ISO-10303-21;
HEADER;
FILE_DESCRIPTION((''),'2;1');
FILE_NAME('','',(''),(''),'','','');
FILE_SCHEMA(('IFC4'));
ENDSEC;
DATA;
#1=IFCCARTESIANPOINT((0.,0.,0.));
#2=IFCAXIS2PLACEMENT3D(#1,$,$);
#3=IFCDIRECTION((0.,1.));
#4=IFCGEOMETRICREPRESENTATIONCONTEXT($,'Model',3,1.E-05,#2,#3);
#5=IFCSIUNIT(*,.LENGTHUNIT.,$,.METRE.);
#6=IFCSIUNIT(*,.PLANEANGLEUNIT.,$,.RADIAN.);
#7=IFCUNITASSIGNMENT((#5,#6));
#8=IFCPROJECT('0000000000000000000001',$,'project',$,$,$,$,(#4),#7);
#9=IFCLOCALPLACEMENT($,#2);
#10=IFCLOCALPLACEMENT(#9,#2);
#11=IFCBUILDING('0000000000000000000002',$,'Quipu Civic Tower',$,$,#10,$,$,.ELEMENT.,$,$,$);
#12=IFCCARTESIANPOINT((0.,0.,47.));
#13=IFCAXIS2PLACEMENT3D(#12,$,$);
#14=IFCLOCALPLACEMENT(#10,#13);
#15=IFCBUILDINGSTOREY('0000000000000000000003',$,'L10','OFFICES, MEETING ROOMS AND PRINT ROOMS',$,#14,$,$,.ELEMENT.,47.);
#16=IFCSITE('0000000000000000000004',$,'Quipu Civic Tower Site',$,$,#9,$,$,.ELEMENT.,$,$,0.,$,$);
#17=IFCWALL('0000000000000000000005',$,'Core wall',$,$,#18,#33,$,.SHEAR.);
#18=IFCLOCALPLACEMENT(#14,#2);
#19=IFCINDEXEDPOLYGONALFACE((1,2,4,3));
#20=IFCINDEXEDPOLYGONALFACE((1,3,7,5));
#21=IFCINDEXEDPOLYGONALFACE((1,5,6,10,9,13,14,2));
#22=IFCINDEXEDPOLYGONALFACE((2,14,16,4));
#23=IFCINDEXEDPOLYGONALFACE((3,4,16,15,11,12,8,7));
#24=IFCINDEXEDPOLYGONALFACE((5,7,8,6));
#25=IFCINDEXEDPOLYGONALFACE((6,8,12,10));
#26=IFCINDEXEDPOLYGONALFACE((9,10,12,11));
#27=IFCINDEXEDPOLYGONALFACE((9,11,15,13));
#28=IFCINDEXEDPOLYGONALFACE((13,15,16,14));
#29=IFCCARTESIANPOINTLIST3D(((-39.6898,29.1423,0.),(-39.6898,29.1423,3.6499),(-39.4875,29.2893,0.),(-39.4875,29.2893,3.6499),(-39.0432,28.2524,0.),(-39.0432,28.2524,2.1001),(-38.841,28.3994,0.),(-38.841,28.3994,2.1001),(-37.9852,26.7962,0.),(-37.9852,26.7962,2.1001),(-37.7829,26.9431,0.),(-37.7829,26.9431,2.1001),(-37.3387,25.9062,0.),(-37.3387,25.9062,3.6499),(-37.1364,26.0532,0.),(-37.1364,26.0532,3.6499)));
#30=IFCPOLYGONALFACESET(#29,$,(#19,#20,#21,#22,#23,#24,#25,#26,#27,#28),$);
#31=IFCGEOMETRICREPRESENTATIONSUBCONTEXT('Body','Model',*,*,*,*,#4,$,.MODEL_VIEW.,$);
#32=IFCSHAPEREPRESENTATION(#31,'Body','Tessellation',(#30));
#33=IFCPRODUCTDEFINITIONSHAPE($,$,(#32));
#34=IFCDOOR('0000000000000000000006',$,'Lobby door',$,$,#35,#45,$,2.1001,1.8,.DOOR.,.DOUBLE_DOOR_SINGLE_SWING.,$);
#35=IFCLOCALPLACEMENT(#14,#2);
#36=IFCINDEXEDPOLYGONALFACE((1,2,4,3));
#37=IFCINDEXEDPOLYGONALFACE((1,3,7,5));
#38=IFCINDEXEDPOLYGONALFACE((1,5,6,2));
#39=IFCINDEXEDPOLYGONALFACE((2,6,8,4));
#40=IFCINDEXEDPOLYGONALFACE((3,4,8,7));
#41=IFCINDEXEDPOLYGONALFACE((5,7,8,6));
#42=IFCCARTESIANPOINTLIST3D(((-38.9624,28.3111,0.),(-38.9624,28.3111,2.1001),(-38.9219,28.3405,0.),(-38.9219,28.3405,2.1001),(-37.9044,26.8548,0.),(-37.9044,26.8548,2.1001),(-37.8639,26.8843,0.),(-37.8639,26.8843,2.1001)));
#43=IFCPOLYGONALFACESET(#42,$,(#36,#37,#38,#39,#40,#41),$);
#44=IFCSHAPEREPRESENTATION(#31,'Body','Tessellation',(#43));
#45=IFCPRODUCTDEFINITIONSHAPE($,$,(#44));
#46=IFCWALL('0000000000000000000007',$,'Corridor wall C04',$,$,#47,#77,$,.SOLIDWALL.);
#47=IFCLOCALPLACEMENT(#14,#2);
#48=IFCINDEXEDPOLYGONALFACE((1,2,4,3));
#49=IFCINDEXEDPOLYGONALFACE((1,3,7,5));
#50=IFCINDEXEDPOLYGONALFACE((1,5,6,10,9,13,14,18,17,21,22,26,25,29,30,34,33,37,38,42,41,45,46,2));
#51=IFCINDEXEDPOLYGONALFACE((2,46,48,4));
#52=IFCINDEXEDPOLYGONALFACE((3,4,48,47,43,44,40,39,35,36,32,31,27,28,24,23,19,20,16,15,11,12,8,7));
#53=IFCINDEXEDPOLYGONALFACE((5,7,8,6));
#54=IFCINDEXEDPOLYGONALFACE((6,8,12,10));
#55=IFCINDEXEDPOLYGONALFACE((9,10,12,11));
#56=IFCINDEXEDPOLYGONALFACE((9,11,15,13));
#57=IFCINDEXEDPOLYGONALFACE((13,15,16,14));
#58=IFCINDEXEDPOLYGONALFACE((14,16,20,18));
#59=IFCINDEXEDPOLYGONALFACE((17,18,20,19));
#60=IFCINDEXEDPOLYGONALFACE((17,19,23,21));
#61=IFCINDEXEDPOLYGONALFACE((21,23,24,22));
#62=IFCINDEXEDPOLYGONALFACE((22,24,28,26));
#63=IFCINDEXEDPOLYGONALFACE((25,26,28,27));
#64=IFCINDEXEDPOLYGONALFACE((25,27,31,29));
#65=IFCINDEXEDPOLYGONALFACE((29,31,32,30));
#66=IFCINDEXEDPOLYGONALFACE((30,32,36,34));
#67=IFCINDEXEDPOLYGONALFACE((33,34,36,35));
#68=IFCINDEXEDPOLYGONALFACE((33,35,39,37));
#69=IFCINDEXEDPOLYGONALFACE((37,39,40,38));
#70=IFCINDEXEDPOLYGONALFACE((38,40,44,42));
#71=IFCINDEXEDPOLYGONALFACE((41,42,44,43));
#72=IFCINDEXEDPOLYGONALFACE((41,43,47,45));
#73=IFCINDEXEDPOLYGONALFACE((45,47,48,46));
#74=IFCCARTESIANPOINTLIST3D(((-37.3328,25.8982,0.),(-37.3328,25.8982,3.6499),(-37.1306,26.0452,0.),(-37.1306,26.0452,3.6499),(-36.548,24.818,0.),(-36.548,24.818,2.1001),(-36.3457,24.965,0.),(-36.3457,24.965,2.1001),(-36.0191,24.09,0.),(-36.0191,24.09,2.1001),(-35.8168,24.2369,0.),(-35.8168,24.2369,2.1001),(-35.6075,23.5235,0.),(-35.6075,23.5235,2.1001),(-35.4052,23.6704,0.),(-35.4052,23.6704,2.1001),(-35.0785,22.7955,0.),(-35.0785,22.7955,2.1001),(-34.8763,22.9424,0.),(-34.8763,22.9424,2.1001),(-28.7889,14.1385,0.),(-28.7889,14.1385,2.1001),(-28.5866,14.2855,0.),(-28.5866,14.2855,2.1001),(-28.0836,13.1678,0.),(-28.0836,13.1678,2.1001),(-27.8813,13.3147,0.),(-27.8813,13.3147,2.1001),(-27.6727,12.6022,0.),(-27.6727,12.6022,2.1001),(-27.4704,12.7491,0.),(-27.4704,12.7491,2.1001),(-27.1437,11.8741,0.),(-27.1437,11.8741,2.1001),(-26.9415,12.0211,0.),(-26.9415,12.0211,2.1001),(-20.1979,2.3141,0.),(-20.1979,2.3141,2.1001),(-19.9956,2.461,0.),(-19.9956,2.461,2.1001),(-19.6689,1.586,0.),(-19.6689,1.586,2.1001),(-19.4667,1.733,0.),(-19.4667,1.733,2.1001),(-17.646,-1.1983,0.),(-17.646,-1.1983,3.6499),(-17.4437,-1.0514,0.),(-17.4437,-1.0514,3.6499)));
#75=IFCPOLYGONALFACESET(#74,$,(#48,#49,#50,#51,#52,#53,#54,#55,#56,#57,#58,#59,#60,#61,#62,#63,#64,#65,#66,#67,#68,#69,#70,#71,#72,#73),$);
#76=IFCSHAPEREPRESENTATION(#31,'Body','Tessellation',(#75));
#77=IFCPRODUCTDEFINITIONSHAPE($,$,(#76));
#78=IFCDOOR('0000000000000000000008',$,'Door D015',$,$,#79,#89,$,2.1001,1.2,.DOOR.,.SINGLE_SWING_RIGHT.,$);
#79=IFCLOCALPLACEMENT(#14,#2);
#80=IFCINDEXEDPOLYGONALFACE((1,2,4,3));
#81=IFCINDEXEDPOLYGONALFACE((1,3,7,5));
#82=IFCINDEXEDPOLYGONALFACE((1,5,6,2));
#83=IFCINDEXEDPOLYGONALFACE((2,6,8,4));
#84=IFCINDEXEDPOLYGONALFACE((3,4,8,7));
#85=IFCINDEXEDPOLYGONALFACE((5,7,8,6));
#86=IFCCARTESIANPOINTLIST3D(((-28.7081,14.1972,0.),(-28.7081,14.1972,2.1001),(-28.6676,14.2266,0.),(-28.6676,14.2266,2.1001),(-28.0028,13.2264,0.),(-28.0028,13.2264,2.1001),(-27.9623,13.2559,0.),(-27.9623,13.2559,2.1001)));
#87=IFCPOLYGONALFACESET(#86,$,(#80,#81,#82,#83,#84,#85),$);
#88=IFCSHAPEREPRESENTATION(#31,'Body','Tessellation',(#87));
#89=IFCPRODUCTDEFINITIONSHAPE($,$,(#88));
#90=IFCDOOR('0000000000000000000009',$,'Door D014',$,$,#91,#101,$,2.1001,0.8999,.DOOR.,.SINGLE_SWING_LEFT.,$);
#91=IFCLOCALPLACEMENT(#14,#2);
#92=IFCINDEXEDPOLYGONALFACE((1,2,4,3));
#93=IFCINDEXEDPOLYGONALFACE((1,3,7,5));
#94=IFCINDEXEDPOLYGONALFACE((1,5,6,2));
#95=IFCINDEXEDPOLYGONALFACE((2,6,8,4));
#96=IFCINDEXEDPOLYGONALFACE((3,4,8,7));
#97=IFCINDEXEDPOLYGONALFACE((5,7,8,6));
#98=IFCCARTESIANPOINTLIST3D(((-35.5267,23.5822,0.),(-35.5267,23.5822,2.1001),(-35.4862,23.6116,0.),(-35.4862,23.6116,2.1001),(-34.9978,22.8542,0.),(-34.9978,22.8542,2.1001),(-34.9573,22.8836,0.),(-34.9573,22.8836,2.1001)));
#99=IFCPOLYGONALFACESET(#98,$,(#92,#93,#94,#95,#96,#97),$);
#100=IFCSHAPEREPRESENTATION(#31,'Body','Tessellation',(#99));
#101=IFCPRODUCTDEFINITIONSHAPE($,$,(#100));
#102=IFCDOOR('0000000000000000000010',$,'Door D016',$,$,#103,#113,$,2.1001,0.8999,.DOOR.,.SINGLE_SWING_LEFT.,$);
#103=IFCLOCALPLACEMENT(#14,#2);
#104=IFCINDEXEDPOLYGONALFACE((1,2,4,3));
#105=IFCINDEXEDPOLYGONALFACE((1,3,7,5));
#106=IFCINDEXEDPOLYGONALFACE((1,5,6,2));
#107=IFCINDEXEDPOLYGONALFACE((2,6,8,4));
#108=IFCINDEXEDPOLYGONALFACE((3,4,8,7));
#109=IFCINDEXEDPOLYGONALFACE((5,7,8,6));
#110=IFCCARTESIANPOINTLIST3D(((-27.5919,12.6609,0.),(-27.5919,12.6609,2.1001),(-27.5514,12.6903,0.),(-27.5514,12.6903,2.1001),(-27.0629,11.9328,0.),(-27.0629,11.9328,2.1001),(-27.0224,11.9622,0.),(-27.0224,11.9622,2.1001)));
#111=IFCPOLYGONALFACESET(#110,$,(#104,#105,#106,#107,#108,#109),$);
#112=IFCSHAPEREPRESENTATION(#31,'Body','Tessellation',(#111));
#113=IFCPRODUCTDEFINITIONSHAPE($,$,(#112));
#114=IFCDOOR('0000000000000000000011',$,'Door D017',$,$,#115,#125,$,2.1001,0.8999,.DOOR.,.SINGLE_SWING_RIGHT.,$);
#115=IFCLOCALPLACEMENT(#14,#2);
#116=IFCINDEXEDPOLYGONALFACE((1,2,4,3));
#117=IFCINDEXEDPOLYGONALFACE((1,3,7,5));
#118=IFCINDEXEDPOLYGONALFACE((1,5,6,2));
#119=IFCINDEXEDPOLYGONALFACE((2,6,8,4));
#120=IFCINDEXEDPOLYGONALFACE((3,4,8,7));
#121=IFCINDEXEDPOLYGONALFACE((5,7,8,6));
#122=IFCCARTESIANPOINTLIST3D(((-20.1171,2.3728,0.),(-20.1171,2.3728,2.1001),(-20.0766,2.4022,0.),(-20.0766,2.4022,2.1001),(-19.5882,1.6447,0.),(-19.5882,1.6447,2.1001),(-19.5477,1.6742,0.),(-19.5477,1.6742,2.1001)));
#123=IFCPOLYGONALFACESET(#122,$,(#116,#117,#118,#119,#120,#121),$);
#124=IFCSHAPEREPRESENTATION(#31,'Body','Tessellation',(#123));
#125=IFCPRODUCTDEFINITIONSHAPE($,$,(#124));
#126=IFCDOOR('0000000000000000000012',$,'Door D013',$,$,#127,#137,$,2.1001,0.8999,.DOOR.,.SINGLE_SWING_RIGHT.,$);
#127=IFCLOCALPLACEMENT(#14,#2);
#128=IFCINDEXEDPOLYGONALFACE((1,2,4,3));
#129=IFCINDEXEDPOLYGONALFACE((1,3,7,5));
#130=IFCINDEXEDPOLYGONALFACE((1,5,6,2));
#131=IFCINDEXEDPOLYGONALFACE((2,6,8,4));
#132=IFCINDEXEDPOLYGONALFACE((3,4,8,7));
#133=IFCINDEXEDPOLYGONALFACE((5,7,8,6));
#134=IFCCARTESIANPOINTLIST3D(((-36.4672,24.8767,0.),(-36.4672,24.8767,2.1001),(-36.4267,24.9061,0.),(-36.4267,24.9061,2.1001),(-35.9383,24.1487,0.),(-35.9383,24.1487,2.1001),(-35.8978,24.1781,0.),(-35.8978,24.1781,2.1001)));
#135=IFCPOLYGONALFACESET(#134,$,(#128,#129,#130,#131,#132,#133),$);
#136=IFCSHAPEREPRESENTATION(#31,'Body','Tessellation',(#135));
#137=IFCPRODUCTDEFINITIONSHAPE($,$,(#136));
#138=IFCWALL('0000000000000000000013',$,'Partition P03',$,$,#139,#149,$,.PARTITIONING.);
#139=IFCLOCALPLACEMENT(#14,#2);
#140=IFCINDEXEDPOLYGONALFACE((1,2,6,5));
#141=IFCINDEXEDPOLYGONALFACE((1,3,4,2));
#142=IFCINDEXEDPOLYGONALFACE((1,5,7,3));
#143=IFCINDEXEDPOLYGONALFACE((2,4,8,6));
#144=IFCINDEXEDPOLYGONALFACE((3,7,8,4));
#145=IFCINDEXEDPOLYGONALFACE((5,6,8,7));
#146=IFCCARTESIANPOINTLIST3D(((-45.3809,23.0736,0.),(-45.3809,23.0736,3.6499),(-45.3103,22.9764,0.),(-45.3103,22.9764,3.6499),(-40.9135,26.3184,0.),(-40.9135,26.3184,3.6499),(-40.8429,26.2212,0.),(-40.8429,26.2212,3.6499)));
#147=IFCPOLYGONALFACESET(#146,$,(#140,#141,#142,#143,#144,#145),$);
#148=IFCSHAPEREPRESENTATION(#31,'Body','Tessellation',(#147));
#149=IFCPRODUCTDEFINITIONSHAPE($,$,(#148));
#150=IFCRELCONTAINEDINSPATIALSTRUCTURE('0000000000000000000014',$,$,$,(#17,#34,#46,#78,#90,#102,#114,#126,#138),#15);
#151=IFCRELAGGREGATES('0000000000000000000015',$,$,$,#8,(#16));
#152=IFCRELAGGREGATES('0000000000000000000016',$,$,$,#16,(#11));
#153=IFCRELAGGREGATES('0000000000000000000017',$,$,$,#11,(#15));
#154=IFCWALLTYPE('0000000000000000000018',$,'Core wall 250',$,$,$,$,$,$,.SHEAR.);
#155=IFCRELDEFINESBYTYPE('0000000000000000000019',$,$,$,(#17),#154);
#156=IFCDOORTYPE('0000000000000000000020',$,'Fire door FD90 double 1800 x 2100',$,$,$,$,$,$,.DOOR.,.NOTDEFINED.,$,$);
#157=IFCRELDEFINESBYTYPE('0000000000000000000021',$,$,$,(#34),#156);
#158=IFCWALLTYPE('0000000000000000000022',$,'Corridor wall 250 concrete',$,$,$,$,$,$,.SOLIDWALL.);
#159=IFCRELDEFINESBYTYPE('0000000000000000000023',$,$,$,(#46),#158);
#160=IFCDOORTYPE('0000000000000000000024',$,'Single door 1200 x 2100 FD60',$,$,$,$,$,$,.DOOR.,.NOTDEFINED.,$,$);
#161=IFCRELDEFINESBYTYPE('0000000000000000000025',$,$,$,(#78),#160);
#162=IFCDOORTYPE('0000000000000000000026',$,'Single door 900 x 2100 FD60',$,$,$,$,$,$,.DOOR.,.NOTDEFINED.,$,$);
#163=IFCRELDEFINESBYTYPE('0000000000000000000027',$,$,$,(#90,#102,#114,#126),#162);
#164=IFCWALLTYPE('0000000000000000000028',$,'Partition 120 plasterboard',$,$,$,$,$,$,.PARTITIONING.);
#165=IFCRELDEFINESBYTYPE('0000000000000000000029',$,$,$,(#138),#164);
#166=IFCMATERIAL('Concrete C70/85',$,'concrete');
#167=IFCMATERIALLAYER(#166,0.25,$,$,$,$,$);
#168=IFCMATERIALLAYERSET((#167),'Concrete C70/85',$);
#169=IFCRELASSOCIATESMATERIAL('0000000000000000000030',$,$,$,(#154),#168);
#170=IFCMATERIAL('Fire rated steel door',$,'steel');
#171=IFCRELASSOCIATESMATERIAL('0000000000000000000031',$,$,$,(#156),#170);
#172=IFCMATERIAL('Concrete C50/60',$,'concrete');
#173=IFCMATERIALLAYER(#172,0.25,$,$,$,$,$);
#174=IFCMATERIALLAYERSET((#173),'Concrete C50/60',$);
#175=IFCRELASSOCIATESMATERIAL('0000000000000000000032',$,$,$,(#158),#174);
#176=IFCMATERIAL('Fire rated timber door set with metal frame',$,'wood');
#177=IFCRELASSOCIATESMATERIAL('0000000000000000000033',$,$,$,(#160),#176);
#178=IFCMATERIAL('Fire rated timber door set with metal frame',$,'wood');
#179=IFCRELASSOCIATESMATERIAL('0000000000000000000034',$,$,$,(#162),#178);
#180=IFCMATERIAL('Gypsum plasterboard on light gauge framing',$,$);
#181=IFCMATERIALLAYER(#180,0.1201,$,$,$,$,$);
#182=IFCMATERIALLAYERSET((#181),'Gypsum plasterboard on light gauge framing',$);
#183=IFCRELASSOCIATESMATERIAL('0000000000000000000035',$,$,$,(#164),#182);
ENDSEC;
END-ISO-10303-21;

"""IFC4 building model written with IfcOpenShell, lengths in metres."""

from ifc_helpers import new_model, si_unit, direction, frame, frame_2d, origin, place, context, subcontext, project, spatial, rectangle, extrude, material, layer, layer_set, type_object, element, fill, save


model = new_model("IFC4")

# Units and contexts
model_context = context("Model", 3, precision=1e-05, world=origin(), true_north=direction((0.0, 1.0)))
body_context = subcontext(model_context, "Body", "Model", "MODEL_VIEW")
ifc_project = project(units=[si_unit("LENGTHUNIT", "METRE"), si_unit("PLANEANGLEUNIT", "RADIAN")], contexts=[model_context])

# Site, building, storey
site_placement = place(None, origin())
site = spatial("IfcSite", under=ifc_project, at=site_placement, Name="Quipu Civic Tower Site", CompositionType="ELEMENT", RefElevation=0.0)
building_placement = place(site_placement, origin())
building = spatial("IfcBuilding", under=site, at=building_placement, Name="Quipu Civic Tower", CompositionType="ELEMENT")
storey_placement = place(building_placement, frame((0.0, 0.0, 47.0)))
storey = spatial("IfcBuildingStorey", under=building, at=storey_placement, Name="L10", Description="OFFICES, MEETING ROOMS AND PRINT ROOMS", CompositionType="ELEMENT", Elevation=47.0)

# Shared definitions
ifc_material_1 = material(Name="Concrete C70/85", Category="concrete")
ifc_layer_1 = layer(ifc_material_1, 0.25)
ifc_layer_set_1 = layer_set([ifc_layer_1], Name="Concrete C70/85")
wall_type_1 = type_object("IfcWallType", Name="Core wall 250", PredefinedType="SHEAR", material=ifc_layer_set_1)

# Wall, opening, door
wall_1_placement = place(storey_placement, frame((-39.5886, 29.2158, 0.0), z_axis=(0.0, 0.0, 1.0), x_axis=(0.587772, -0.809026, 0.0)))
wall_1 = element("IfcWall", 1, at=wall_1_placement, inside=storey, type_object=wall_type_1, Name="Core wall", PredefinedType="SHEAR", context=body_context, shape_type="SweptSolid", body=[
    extrude(rectangle(XDim=4.0, YDim=0.25, at=frame_2d((2.0, 0.0))), origin(), (0.0, 0.0, 1.0), 3.6499),
])
opening_1_placement = place(wall_1_placement, frame((1.1001, 0.0, 0.0)))
opening_1 = element("IfcOpeningElement", 2, at=opening_1_placement, cuts=wall_1, PredefinedType="OPENING", context=body_context, shape_type="SweptSolid", body=[
    extrude(rectangle(XDim=1.8, YDim=2.1001, at=frame_2d((0.8999, 1.05))), frame((0.0, 0.135, 0.0), z_axis=(0.0, -1.0, 0.0), x_axis=(1.0, 0.0, 0.0)), (0.0, 0.0, 1.0), 0.27),
])
ifc_material_2 = material(Name="Fire rated steel door", Category="steel")
door_type_1 = type_object("IfcDoorType", Name="Fire door FD90 double 1800 x 2100", OperationType="NOTDEFINED", PredefinedType="DOOR", material=ifc_material_2)
door_1_placement = place(opening_1_placement, origin())
door_1 = element("IfcDoor", 3, at=door_1_placement, inside=storey, type_object=door_type_1, Name="Lobby door", OperationType="DOUBLE_DOOR_SINGLE_SWING", OverallHeight=2.1001, OverallWidth=1.8, PredefinedType="DOOR", context=body_context, shape_type="SweptSolid", body=[
    extrude(rectangle(XDim=1.8, YDim=2.1001, at=frame_2d((0.8999, 1.05))), frame((0.0, 0.0249, 0.0), z_axis=(0.0, -1.0, 0.0), x_axis=(1.0, 0.0, 0.0)), (0.0, 0.0, 1.0), 0.05),
])
fill(opening_1, door_1)

# Wall, openings, doors
ifc_material_3 = material(Name="Concrete C50/60", Category="concrete")
ifc_layer_2 = layer(ifc_material_3, 0.25)
ifc_layer_set_2 = layer_set([ifc_layer_2], Name="Concrete C50/60")
wall_type_2 = type_object("IfcWallType", Name="Corridor wall 250 concrete", PredefinedType="SOLIDWALL", material=ifc_layer_set_2)
wall_2_placement = place(storey_placement, frame((-37.2317, 25.9717, 0.0), z_axis=(0.0, 0.0, 1.0), x_axis=(0.587786, -0.809016, 0.0)))
wall_2 = element("IfcWall", 4, at=wall_2_placement, inside=storey, type_object=wall_type_2, Name="Corridor wall C04", PredefinedType="SOLIDWALL", context=body_context, shape_type="SweptSolid", body=[
    extrude(rectangle(XDim=33.4932, YDim=0.25, at=frame_2d((16.7466, 0.0))), origin(), (0.0, 0.0, 1.0), 3.6499),
])
opening_2_placement = place(wall_2_placement, frame((2.9353, 0.0, 0.0)))
opening_2 = element("IfcOpeningElement", 5, at=opening_2_placement, cuts=wall_2, PredefinedType="OPENING", context=body_context, shape_type="SweptSolid", body=[
    extrude(rectangle(XDim=0.8999, YDim=2.1001, at=frame_2d((0.45, 1.05))), frame((0.0, 0.135, 0.0), z_axis=(0.0, -1.0, 0.0), x_axis=(1.0, 0.0, 0.0)), (0.0, 0.0, 1.0), 0.27),
])
opening_3_placement = place(wall_2_placement, frame((16.4348, 0.0, 0.0)))
opening_3 = element("IfcOpeningElement", 6, at=opening_3_placement, cuts=wall_2, PredefinedType="OPENING", context=body_context, shape_type="SweptSolid", body=[
    extrude(rectangle(XDim=0.8999, YDim=2.1001, at=frame_2d((0.45, 1.05))), frame((0.0, 0.135, 0.0), z_axis=(0.0, -1.0, 0.0), x_axis=(1.0, 0.0, 0.0)), (0.0, 0.0, 1.0), 0.27),
])
opening_4_placement = place(wall_2_placement, frame((29.1516, 0.0, 0.0)))
opening_4 = element("IfcOpeningElement", 7, at=opening_4_placement, cuts=wall_2, PredefinedType="OPENING", context=body_context, shape_type="SweptSolid", body=[
    extrude(rectangle(XDim=0.8999, YDim=2.1001, at=frame_2d((0.45, 1.05))), frame((0.0, 0.135, 0.0), z_axis=(0.0, -1.0, 0.0), x_axis=(1.0, 0.0, 0.0)), (0.0, 0.0, 1.0), 0.27),
])
opening_5_placement = place(wall_2_placement, frame((14.5356, 0.0, 0.0)))
opening_5 = element("IfcOpeningElement", 8, at=opening_5_placement, cuts=wall_2, PredefinedType="OPENING", context=body_context, shape_type="SweptSolid", body=[
    extrude(rectangle(XDim=1.2, YDim=2.1001, at=frame_2d((0.6001, 1.05))), frame((0.0, 0.135, 0.0), z_axis=(0.0, -1.0, 0.0), x_axis=(1.0, 0.0, 0.0)), (0.0, 0.0, 1.0), 0.27),
])
opening_6_placement = place(wall_2_placement, frame((1.3352, 0.0, 0.0)))
opening_6 = element("IfcOpeningElement", 9, at=opening_6_placement, cuts=wall_2, PredefinedType="OPENING", context=body_context, shape_type="SweptSolid", body=[
    extrude(rectangle(XDim=0.8999, YDim=2.1001, at=frame_2d((0.45, 1.05))), frame((0.0, 0.135, 0.0), z_axis=(0.0, -1.0, 0.0), x_axis=(1.0, 0.0, 0.0)), (0.0, 0.0, 1.0), 0.27),
])
ifc_material_4 = material(Name="Fire rated timber door set with metal frame", Category="wood")
door_type_2 = type_object("IfcDoorType", Name="Single door 1200 x 2100 FD60", OperationType="NOTDEFINED", PredefinedType="DOOR", material=ifc_material_4)
door_2_placement = place(opening_5_placement, origin())
door_2 = element("IfcDoor", 10, at=door_2_placement, inside=storey, type_object=door_type_2, Name="Door D015", OperationType="SINGLE_SWING_RIGHT", OverallHeight=2.1001, OverallWidth=1.2, PredefinedType="DOOR", context=body_context, shape_type="SweptSolid", body=[
    extrude(rectangle(XDim=1.2, YDim=2.1001, at=frame_2d((0.6001, 1.05))), frame((0.0, 0.0249, 0.0), z_axis=(0.0, -1.0, 0.0), x_axis=(1.0, 0.0, 0.0)), (0.0, 0.0, 1.0), 0.05),
])
fill(opening_5, door_2)
ifc_material_5 = material(Name="Fire rated timber door set with metal frame", Category="wood")
door_type_3 = type_object("IfcDoorType", Name="Single door 900 x 2100 FD60", OperationType="NOTDEFINED", PredefinedType="DOOR", material=ifc_material_5)
door_3_placement = place(opening_2_placement, origin())
door_3 = element("IfcDoor", 11, at=door_3_placement, inside=storey, type_object=door_type_3, Name="Door D014", OperationType="SINGLE_SWING_LEFT", OverallHeight=2.1001, OverallWidth=0.8999, PredefinedType="DOOR", context=body_context, shape_type="SweptSolid", body=[
    extrude(rectangle(XDim=0.8999, YDim=2.1001, at=frame_2d((0.45, 1.05))), frame((0.0, 0.0249, 0.0), z_axis=(0.0, -1.0, 0.0), x_axis=(1.0, 0.0, 0.0)), (0.0, 0.0, 1.0), 0.05),
])
fill(opening_2, door_3)
door_4_placement = place(opening_3_placement, origin())
door_4 = element("IfcDoor", 12, at=door_4_placement, inside=storey, type_object=door_type_3, Name="Door D016", OperationType="SINGLE_SWING_LEFT", OverallHeight=2.1001, OverallWidth=0.8999, PredefinedType="DOOR", context=body_context, shape_type="SweptSolid", body=[
    extrude(rectangle(XDim=0.8999, YDim=2.1001, at=frame_2d((0.45, 1.05))), frame((0.0, 0.0249, 0.0), z_axis=(0.0, -1.0, 0.0), x_axis=(1.0, 0.0, 0.0)), (0.0, 0.0, 1.0), 0.05),
])
fill(opening_3, door_4)
door_5_placement = place(opening_4_placement, origin())
door_5 = element("IfcDoor", 13, at=door_5_placement, inside=storey, type_object=door_type_3, Name="Door D017", OperationType="SINGLE_SWING_RIGHT", OverallHeight=2.1001, OverallWidth=0.8999, PredefinedType="DOOR", context=body_context, shape_type="SweptSolid", body=[
    extrude(rectangle(XDim=0.8999, YDim=2.1001, at=frame_2d((0.45, 1.05))), frame((0.0, 0.0249, 0.0), z_axis=(0.0, -1.0, 0.0), x_axis=(1.0, 0.0, 0.0)), (0.0, 0.0, 1.0), 0.05),
])
fill(opening_4, door_5)
door_6_placement = place(opening_6_placement, origin())
door_6 = element("IfcDoor", 14, at=door_6_placement, inside=storey, type_object=door_type_3, Name="Door D013", OperationType="SINGLE_SWING_RIGHT", OverallHeight=2.1001, OverallWidth=0.8999, PredefinedType="DOOR", context=body_context, shape_type="SweptSolid", body=[
    extrude(rectangle(XDim=0.8999, YDim=2.1001, at=frame_2d((0.45, 1.05))), frame((0.0, 0.0249, 0.0), z_axis=(0.0, -1.0, 0.0), x_axis=(1.0, 0.0, 0.0)), (0.0, 0.0, 1.0), 0.05),
])
fill(opening_6, door_6)

# Wall
ifc_material_6 = material(Name="Gypsum plasterboard on light gauge framing")
ifc_layer_3 = layer(ifc_material_6, 0.1201)
ifc_layer_set_3 = layer_set([ifc_layer_3], Name="Gypsum plasterboard on light gauge framing")
wall_type_3 = type_object("IfcWallType", Name="Partition 120 plasterboard", PredefinedType="PARTITIONING", material=ifc_layer_set_3)
wall_3_placement = place(storey_placement, frame((-40.8782, 26.2698, 0.0), z_axis=(0.0, 0.0, 1.0), x_axis=(-0.809101, -0.587669, 0.0)))
element("IfcWall", 15, at=wall_3_placement, inside=storey, type_object=wall_type_3, Name="Partition P03", PredefinedType="PARTITIONING", context=body_context, shape_type="SweptSolid", body=[
    extrude(rectangle(XDim=5.5215, YDim=0.1201, at=frame_2d((2.7607, 0.0))), origin(), (0.0, 0.0, 1.0), 3.6499),
])

save(model, "model.ifc")
